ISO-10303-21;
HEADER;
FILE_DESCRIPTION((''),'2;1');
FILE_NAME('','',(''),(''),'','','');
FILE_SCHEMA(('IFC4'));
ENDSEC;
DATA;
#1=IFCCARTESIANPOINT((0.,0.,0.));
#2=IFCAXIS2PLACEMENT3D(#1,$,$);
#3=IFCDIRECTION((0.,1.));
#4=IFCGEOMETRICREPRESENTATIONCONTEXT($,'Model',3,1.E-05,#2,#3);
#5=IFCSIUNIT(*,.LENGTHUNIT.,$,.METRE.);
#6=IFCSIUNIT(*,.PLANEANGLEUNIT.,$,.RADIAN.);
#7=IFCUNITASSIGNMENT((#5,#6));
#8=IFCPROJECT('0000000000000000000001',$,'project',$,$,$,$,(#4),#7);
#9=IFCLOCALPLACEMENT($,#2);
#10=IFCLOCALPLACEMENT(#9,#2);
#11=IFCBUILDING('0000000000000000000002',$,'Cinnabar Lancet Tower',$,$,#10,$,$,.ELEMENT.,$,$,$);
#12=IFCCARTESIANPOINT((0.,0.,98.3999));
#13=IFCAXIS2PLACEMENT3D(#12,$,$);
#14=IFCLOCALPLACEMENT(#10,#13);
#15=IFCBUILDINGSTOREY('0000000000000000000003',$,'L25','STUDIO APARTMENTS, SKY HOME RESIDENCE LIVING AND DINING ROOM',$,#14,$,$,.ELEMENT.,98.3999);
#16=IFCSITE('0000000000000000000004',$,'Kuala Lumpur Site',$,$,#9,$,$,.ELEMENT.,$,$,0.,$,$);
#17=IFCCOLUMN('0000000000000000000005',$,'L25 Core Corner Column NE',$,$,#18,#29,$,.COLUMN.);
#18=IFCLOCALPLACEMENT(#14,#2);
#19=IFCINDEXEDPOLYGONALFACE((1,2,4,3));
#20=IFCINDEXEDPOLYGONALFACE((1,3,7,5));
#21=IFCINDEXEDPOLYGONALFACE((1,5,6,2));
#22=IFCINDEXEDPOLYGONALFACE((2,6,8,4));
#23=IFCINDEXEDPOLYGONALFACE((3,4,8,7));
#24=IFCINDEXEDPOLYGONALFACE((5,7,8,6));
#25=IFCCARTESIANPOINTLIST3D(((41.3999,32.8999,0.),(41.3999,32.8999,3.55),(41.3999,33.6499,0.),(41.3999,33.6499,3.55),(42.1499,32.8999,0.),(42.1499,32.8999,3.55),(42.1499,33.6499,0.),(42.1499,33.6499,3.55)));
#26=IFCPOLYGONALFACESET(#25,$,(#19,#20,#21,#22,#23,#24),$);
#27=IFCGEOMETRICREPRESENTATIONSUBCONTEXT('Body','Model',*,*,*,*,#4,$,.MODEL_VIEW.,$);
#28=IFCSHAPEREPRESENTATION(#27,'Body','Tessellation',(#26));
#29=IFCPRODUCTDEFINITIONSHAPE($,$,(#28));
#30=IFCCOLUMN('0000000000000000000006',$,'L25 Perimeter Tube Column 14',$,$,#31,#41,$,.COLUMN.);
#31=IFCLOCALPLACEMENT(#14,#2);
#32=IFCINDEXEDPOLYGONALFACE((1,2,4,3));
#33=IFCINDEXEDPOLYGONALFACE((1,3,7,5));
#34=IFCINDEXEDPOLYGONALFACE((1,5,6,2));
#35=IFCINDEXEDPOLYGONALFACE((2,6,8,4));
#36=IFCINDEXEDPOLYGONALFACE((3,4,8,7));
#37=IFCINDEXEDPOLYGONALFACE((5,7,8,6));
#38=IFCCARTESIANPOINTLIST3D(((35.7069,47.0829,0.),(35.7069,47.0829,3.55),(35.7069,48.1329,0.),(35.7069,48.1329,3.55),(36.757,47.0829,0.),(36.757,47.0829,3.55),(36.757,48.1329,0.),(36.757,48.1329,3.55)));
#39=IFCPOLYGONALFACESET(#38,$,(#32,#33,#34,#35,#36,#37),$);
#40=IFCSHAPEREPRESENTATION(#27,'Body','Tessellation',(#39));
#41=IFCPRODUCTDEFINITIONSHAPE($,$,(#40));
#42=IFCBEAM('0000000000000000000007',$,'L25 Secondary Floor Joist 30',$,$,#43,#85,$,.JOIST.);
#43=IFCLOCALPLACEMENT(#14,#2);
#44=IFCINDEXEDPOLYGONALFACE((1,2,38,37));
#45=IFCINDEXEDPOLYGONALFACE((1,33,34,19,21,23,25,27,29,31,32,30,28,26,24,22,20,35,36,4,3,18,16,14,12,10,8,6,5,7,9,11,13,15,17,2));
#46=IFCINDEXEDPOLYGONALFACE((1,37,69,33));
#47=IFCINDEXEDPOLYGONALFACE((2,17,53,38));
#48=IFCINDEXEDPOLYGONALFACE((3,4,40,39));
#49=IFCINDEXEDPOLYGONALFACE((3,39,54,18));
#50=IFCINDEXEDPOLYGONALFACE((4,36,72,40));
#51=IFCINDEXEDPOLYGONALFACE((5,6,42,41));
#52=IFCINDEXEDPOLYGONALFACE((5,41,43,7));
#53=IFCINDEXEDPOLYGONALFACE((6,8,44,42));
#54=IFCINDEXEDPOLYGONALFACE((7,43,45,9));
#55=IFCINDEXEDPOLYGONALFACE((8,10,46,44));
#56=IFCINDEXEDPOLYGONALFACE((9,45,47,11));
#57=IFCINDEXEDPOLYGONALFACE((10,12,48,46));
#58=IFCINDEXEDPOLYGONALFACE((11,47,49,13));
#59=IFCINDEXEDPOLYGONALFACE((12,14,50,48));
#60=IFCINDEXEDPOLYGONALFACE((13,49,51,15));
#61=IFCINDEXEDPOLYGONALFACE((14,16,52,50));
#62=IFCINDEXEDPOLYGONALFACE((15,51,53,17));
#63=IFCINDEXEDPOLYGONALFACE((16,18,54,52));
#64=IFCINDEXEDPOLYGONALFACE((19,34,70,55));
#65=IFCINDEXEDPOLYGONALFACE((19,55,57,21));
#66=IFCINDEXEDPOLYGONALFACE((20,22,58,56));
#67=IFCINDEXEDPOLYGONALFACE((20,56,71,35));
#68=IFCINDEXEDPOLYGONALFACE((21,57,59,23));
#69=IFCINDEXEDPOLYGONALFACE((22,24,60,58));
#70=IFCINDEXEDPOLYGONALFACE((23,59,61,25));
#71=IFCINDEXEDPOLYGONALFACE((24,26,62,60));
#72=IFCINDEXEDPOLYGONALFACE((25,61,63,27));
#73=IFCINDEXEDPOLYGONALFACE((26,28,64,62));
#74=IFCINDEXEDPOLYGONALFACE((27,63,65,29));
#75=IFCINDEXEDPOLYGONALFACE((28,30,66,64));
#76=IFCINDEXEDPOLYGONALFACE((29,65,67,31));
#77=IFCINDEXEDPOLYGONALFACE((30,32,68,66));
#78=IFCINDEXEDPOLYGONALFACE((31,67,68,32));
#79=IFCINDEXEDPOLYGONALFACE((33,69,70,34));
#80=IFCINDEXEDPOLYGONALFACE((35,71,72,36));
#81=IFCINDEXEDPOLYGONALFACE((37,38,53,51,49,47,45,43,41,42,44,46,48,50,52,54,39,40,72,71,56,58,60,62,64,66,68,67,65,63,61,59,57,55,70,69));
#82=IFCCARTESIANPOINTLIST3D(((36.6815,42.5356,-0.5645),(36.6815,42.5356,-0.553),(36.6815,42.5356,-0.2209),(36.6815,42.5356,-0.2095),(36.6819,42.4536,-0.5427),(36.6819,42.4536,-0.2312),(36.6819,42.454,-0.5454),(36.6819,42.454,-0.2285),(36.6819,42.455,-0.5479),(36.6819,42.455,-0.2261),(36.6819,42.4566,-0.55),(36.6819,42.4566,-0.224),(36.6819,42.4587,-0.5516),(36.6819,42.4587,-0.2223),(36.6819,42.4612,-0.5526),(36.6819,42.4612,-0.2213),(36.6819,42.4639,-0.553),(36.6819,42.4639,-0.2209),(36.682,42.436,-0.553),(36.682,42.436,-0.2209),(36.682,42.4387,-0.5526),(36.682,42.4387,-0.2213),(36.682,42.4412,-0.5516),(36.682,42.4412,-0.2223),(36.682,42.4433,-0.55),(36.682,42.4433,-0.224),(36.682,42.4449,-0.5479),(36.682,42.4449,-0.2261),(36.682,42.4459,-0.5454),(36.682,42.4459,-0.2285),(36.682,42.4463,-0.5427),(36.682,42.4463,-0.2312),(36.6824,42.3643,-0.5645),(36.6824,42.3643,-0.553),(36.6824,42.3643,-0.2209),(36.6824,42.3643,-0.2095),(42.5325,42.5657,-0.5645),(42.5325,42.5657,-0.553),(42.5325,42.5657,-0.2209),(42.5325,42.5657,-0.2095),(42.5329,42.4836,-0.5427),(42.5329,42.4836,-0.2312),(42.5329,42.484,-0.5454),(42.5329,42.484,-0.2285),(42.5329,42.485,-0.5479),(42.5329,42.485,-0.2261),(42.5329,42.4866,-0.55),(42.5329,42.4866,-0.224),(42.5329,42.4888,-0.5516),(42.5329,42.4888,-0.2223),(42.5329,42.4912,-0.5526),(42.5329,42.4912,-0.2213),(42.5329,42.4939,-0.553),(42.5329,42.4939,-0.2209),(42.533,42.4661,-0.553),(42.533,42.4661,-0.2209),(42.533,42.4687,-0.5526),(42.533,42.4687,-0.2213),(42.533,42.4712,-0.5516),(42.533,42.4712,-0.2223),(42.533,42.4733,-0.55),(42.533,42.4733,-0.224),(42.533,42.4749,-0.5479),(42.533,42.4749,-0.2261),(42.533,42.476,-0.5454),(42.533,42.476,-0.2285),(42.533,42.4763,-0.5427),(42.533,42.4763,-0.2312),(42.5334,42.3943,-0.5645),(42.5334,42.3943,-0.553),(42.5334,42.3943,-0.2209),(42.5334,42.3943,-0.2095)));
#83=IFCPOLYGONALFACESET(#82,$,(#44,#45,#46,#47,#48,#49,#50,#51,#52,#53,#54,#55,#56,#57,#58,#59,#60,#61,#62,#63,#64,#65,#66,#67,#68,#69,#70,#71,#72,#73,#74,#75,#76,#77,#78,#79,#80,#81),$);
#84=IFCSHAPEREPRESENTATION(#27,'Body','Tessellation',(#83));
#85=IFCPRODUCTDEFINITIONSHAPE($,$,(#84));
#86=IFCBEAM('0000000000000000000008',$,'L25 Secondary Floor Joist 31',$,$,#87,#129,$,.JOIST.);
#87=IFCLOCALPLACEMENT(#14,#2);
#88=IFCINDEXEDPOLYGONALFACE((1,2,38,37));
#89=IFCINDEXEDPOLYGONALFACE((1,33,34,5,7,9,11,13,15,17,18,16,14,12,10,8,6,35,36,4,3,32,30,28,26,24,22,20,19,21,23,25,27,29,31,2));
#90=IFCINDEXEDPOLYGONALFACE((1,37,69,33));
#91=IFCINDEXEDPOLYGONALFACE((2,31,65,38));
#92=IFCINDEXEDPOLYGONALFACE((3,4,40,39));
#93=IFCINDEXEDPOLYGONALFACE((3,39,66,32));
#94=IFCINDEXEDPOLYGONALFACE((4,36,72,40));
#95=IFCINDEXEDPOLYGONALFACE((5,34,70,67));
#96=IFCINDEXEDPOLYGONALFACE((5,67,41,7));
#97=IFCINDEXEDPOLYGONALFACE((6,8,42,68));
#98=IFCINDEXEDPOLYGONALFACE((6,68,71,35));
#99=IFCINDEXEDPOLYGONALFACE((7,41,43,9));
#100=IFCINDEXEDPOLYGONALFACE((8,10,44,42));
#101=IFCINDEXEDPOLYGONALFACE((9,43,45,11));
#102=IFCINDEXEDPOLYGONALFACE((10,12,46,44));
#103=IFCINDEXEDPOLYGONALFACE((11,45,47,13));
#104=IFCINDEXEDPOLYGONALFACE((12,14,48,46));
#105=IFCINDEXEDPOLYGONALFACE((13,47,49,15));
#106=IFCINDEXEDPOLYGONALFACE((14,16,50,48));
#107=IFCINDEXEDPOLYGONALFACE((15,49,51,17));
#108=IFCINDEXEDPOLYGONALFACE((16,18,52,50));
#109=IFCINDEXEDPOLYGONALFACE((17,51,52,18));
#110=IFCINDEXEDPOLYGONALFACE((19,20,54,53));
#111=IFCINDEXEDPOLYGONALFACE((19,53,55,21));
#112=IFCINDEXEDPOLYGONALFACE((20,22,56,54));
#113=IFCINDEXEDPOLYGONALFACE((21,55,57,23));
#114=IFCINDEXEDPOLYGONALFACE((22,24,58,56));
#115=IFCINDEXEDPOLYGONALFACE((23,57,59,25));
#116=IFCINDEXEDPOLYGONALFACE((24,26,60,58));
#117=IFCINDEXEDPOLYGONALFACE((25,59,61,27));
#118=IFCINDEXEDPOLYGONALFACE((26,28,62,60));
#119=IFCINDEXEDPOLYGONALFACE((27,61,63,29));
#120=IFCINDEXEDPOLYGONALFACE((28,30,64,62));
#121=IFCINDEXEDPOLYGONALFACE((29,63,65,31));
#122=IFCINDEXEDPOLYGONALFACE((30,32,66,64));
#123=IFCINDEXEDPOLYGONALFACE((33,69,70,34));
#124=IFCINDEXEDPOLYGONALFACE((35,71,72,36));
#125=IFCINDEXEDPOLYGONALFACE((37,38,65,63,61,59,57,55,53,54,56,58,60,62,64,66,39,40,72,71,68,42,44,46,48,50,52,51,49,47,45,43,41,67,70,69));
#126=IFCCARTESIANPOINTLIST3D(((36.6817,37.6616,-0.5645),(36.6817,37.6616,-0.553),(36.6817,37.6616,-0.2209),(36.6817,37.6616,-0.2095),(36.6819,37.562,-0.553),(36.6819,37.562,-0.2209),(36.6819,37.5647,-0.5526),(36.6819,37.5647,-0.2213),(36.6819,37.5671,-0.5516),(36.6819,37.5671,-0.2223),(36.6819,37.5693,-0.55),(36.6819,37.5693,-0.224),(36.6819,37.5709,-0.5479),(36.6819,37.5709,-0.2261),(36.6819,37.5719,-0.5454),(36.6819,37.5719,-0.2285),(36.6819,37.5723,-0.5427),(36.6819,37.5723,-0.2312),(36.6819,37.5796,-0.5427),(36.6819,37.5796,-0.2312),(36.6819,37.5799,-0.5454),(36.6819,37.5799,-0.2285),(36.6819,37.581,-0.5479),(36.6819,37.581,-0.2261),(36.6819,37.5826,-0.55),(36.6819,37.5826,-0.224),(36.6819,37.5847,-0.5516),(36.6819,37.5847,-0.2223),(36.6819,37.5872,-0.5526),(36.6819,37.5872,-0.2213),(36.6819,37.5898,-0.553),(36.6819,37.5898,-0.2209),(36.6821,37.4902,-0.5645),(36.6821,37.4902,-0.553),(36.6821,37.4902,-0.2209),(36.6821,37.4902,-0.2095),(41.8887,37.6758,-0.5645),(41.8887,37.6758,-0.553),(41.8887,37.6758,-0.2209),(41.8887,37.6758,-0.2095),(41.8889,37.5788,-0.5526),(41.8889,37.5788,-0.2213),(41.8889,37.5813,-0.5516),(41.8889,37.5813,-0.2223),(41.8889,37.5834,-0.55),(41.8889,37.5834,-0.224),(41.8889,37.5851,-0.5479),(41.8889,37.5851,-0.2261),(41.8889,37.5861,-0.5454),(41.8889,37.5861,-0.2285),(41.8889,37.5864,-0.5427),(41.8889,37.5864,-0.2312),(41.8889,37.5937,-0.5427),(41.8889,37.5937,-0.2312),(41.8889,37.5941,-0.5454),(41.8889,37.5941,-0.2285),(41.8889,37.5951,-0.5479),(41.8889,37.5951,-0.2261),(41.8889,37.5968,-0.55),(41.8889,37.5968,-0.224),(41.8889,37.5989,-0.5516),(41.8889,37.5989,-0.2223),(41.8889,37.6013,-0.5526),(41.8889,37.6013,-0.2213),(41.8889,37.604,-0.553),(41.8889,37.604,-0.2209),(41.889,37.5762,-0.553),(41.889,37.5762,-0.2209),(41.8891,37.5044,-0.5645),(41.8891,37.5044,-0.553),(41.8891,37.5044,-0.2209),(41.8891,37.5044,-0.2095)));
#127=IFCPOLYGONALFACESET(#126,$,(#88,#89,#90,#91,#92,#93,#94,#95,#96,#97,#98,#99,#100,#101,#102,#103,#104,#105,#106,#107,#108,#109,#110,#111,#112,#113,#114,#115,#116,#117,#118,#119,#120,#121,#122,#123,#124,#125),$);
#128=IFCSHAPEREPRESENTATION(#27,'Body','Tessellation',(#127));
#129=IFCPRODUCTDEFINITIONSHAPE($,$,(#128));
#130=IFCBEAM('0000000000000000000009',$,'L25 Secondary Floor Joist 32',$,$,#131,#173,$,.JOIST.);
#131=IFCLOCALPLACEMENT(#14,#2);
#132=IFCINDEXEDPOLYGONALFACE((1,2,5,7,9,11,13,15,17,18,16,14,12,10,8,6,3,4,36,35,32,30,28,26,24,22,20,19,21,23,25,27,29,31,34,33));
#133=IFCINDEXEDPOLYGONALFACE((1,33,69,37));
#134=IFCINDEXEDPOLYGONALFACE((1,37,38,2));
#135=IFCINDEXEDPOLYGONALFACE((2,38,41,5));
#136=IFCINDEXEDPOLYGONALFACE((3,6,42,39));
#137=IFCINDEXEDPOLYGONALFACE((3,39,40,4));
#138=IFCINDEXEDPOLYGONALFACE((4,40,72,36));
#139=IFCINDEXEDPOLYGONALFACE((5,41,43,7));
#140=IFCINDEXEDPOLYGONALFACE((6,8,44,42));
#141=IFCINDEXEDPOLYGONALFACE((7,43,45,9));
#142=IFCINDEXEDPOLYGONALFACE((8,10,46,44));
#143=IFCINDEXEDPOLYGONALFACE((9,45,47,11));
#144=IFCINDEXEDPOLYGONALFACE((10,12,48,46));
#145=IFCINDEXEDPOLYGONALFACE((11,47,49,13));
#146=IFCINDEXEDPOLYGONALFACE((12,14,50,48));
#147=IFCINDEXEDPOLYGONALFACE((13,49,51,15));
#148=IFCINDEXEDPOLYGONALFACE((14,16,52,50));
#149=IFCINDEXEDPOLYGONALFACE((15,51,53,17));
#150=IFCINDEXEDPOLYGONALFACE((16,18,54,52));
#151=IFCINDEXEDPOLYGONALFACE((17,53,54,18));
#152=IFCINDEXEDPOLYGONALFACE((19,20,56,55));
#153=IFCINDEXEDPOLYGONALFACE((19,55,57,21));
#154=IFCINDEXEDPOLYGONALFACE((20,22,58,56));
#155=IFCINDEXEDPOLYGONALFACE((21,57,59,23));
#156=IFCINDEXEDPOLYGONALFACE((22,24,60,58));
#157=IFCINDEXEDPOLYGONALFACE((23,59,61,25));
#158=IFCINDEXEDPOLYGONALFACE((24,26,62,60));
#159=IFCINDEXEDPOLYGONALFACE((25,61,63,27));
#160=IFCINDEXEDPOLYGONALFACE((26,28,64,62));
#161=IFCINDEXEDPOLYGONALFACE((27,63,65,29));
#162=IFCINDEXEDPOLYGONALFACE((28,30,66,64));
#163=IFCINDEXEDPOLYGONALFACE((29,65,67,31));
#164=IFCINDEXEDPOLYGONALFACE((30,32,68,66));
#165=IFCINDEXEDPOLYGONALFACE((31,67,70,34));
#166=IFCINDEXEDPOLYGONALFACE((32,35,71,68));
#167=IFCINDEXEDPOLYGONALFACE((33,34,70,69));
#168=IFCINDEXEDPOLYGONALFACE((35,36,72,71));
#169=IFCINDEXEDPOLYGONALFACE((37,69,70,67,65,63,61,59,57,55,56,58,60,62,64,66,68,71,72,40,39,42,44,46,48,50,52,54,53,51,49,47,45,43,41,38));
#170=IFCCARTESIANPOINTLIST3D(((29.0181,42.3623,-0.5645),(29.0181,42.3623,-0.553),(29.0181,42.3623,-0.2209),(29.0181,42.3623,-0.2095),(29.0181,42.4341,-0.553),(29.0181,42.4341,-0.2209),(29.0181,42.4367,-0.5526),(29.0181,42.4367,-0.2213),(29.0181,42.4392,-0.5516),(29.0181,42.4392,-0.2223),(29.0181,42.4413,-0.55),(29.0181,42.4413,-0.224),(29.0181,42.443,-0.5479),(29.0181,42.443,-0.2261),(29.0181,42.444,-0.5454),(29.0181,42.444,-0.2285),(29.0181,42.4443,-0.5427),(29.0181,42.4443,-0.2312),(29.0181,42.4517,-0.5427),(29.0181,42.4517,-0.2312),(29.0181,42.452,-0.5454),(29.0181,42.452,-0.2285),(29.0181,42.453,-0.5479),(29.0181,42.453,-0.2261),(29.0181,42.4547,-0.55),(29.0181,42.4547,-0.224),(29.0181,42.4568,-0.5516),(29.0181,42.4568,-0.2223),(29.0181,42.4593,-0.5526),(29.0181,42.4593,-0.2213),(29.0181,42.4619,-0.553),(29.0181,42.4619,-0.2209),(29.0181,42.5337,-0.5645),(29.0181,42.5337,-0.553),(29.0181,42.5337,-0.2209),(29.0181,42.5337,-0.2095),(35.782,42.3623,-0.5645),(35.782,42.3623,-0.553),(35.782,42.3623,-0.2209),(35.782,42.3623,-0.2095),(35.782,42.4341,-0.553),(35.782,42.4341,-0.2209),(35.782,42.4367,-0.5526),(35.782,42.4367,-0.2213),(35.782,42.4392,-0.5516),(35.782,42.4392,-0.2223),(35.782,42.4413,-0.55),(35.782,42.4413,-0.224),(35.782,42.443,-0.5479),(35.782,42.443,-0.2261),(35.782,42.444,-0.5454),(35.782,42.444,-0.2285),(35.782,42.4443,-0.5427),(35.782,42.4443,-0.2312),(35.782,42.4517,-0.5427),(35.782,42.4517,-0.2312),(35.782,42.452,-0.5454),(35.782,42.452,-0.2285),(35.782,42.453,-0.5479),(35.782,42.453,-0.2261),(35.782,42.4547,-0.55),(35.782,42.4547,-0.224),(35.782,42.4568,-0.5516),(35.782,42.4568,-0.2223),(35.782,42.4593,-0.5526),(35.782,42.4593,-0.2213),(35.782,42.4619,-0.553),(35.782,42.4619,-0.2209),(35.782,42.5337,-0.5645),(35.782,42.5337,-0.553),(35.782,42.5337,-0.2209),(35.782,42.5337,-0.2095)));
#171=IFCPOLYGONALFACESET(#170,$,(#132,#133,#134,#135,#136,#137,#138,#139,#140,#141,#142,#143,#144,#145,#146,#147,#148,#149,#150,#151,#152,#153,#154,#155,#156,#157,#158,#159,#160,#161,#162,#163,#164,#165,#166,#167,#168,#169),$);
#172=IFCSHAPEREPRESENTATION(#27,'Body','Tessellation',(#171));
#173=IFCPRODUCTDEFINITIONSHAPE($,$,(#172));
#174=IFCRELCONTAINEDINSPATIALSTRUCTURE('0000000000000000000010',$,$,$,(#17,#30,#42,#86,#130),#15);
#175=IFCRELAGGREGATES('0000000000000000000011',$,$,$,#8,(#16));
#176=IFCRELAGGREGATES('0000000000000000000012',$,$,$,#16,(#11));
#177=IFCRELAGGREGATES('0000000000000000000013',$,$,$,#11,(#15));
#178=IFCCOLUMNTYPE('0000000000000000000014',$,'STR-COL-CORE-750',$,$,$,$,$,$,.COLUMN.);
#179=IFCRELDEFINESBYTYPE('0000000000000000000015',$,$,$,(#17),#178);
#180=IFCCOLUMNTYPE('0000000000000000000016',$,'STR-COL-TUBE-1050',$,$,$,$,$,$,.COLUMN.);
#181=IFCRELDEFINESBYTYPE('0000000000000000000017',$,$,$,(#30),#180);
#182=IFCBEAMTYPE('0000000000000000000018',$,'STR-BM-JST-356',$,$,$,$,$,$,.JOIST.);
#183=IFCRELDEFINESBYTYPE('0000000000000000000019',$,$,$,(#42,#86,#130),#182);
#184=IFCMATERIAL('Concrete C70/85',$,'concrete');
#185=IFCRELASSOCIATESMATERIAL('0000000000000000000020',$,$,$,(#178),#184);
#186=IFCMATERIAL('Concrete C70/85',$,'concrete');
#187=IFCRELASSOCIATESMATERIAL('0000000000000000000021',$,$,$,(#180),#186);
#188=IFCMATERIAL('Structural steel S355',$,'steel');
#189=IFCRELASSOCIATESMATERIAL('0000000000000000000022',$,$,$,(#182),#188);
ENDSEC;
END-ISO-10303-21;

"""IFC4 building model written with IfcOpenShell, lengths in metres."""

from ifc_helpers import new_model, si_unit, direction, frame, origin, origin_2d, place, context, subcontext, project, spatial, rectangle, i_section, extrude, material, material_profile, profile_set, type_object, element, save


model = new_model("IFC4")

# Units and contexts
model_context = context("Model", 3, precision=1e-05, world=origin(), true_north=direction((0.0, 1.0)))
body_context = subcontext(model_context, "Body", "Model", "MODEL_VIEW")
ifc_project = project(units=[si_unit("LENGTHUNIT", "METRE"), si_unit("PLANEANGLEUNIT", "RADIAN")], contexts=[model_context])

# Site, building, storey
site_placement = place(None, origin())
site = spatial("IfcSite", under=ifc_project, at=site_placement, Name="Kuala Lumpur Site", CompositionType="ELEMENT", RefElevation=0.0)
building_placement = place(site_placement, origin())
building = spatial("IfcBuilding", under=site, at=building_placement, Name="Cinnabar Lancet Tower", CompositionType="ELEMENT")
storey_placement = place(building_placement, frame((0.0, 0.0, 98.3999)))
storey = spatial("IfcBuildingStorey", under=building, at=storey_placement, Name="L25", Description="STUDIO APARTMENTS, SKY HOME RESIDENCE LIVING AND DINING ROOM", CompositionType="ELEMENT", Elevation=98.3999)

# Columns
ifc_material_1 = material(Name="Concrete C70/85", Category="concrete")
ifc_material_profile_1 = material_profile(ifc_material_1, rectangle(XDim=0.75, YDim=0.75, at=origin_2d()), Name="RC-COL 750x750")
ifc_profile_set_1 = profile_set([ifc_material_profile_1], Name="Concrete C70/85")
column_type_1 = type_object("IfcColumnType", Name="STR-COL-CORE-750", PredefinedType="COLUMN", material=ifc_profile_set_1)
column_1_placement = place(storey_placement, frame((41.7749, 33.2749, 0.0), z_axis=(0.0, 0.0, 1.0), x_axis=(1.0, 0.0, 0.0)))
element("IfcColumn", 1, at=column_1_placement, inside=storey, type_object=column_type_1, Name="L25 Core Corner Column NE", PredefinedType="COLUMN", context=body_context, shape_type="SweptSolid", body=[
    extrude(rectangle(XDim=0.75, YDim=0.75, at=origin_2d()), origin(), (0.0, 0.0, 1.0), 3.55),
])
ifc_material_2 = material(Name="Concrete C70/85", Category="concrete")
ifc_material_profile_2 = material_profile(ifc_material_2, rectangle(XDim=1.05, YDim=1.05, at=origin_2d()), Name="RC-COL 1050x1050")
ifc_profile_set_2 = profile_set([ifc_material_profile_2], Name="Concrete C70/85")
column_type_2 = type_object("IfcColumnType", Name="STR-COL-TUBE-1050", PredefinedType="COLUMN", material=ifc_profile_set_2)
column_2_placement = place(storey_placement, frame((36.2319, 47.6079, 0.0), z_axis=(0.0, 0.0, 1.0), x_axis=(1.0, 0.0, 0.0)))
element("IfcColumn", 2, at=column_2_placement, inside=storey, type_object=column_type_2, Name="L25 Perimeter Tube Column 14", PredefinedType="COLUMN", context=body_context, shape_type="SweptSolid", body=[
    extrude(rectangle(XDim=1.05, YDim=1.05, at=origin_2d()), origin(), (0.0, 0.0, 1.0), 3.55),
])

# Beams
ifc_material_3 = material(Name="Structural steel S355", Category="steel")
ifc_material_profile_3 = material_profile(ifc_material_3, i_section(OverallWidth=0.1714, OverallDepth=0.355, WebThickness=0.0073, FlangeThickness=0.0115, FilletRadius=0.0103, at=origin_2d()), Name="UKB 356x171x51")
ifc_profile_set_3 = profile_set([ifc_material_profile_3], Name="Structural steel S355")
beam_type_1 = type_object("IfcBeamType", Name="STR-BM-JST-356", PredefinedType="JOIST", material=ifc_profile_set_3)
beam_1_placement = place(storey_placement, frame((42.533, 42.48, -0.387), z_axis=(-0.999987, -0.005132, 0.0), x_axis=(0.005132, -0.999987, 0.0)))
element("IfcBeam", 3, at=beam_1_placement, inside=storey, type_object=beam_type_1, Name="L25 Secondary Floor Joist 30", PredefinedType="JOIST", context=body_context, shape_type="SweptSolid", body=[
    extrude(i_section(OverallWidth=0.1714, OverallDepth=0.355, WebThickness=0.0073, FlangeThickness=0.0115, FilletRadius=0.0103, at=origin_2d()), origin(), (0.0, 0.0, 1.0), 5.8511),
])
beam_2_placement = place(storey_placement, frame((41.8889, 37.5901, -0.387), z_axis=(-0.999996, -0.002719, 0.0), x_axis=(0.002719, -0.999996, 0.0)))
element("IfcBeam", 4, at=beam_2_placement, inside=storey, type_object=beam_type_1, Name="L25 Secondary Floor Joist 31", PredefinedType="JOIST", context=body_context, shape_type="SweptSolid", body=[
    extrude(i_section(OverallWidth=0.1714, OverallDepth=0.355, WebThickness=0.0073, FlangeThickness=0.0115, FilletRadius=0.0103, at=origin_2d()), origin(), (0.0, 0.0, 1.0), 5.207),
])
for number, where, z_axis, x_axis, name in (
    (5, (35.782, 42.448, -0.387), (-1.0, 0.0, 0.0), (0.0, -1.0, 0.0), "L25 Secondary Floor Joist 32"),
):
    element("IfcBeam", number, at=place(storey_placement, frame(where, z_axis=z_axis, x_axis=x_axis)), inside=storey, type_object=beam_type_1, Name=name, PredefinedType="JOIST", context=body_context, shape_type="SweptSolid", body=[
        extrude(i_section(OverallWidth=0.1714, OverallDepth=0.355, WebThickness=0.0073, FlangeThickness=0.0115, FilletRadius=0.0103, at=origin_2d()), origin(), (0.0, 0.0, 1.0), 6.7639),
    ])

save(model, "model.ifc")
